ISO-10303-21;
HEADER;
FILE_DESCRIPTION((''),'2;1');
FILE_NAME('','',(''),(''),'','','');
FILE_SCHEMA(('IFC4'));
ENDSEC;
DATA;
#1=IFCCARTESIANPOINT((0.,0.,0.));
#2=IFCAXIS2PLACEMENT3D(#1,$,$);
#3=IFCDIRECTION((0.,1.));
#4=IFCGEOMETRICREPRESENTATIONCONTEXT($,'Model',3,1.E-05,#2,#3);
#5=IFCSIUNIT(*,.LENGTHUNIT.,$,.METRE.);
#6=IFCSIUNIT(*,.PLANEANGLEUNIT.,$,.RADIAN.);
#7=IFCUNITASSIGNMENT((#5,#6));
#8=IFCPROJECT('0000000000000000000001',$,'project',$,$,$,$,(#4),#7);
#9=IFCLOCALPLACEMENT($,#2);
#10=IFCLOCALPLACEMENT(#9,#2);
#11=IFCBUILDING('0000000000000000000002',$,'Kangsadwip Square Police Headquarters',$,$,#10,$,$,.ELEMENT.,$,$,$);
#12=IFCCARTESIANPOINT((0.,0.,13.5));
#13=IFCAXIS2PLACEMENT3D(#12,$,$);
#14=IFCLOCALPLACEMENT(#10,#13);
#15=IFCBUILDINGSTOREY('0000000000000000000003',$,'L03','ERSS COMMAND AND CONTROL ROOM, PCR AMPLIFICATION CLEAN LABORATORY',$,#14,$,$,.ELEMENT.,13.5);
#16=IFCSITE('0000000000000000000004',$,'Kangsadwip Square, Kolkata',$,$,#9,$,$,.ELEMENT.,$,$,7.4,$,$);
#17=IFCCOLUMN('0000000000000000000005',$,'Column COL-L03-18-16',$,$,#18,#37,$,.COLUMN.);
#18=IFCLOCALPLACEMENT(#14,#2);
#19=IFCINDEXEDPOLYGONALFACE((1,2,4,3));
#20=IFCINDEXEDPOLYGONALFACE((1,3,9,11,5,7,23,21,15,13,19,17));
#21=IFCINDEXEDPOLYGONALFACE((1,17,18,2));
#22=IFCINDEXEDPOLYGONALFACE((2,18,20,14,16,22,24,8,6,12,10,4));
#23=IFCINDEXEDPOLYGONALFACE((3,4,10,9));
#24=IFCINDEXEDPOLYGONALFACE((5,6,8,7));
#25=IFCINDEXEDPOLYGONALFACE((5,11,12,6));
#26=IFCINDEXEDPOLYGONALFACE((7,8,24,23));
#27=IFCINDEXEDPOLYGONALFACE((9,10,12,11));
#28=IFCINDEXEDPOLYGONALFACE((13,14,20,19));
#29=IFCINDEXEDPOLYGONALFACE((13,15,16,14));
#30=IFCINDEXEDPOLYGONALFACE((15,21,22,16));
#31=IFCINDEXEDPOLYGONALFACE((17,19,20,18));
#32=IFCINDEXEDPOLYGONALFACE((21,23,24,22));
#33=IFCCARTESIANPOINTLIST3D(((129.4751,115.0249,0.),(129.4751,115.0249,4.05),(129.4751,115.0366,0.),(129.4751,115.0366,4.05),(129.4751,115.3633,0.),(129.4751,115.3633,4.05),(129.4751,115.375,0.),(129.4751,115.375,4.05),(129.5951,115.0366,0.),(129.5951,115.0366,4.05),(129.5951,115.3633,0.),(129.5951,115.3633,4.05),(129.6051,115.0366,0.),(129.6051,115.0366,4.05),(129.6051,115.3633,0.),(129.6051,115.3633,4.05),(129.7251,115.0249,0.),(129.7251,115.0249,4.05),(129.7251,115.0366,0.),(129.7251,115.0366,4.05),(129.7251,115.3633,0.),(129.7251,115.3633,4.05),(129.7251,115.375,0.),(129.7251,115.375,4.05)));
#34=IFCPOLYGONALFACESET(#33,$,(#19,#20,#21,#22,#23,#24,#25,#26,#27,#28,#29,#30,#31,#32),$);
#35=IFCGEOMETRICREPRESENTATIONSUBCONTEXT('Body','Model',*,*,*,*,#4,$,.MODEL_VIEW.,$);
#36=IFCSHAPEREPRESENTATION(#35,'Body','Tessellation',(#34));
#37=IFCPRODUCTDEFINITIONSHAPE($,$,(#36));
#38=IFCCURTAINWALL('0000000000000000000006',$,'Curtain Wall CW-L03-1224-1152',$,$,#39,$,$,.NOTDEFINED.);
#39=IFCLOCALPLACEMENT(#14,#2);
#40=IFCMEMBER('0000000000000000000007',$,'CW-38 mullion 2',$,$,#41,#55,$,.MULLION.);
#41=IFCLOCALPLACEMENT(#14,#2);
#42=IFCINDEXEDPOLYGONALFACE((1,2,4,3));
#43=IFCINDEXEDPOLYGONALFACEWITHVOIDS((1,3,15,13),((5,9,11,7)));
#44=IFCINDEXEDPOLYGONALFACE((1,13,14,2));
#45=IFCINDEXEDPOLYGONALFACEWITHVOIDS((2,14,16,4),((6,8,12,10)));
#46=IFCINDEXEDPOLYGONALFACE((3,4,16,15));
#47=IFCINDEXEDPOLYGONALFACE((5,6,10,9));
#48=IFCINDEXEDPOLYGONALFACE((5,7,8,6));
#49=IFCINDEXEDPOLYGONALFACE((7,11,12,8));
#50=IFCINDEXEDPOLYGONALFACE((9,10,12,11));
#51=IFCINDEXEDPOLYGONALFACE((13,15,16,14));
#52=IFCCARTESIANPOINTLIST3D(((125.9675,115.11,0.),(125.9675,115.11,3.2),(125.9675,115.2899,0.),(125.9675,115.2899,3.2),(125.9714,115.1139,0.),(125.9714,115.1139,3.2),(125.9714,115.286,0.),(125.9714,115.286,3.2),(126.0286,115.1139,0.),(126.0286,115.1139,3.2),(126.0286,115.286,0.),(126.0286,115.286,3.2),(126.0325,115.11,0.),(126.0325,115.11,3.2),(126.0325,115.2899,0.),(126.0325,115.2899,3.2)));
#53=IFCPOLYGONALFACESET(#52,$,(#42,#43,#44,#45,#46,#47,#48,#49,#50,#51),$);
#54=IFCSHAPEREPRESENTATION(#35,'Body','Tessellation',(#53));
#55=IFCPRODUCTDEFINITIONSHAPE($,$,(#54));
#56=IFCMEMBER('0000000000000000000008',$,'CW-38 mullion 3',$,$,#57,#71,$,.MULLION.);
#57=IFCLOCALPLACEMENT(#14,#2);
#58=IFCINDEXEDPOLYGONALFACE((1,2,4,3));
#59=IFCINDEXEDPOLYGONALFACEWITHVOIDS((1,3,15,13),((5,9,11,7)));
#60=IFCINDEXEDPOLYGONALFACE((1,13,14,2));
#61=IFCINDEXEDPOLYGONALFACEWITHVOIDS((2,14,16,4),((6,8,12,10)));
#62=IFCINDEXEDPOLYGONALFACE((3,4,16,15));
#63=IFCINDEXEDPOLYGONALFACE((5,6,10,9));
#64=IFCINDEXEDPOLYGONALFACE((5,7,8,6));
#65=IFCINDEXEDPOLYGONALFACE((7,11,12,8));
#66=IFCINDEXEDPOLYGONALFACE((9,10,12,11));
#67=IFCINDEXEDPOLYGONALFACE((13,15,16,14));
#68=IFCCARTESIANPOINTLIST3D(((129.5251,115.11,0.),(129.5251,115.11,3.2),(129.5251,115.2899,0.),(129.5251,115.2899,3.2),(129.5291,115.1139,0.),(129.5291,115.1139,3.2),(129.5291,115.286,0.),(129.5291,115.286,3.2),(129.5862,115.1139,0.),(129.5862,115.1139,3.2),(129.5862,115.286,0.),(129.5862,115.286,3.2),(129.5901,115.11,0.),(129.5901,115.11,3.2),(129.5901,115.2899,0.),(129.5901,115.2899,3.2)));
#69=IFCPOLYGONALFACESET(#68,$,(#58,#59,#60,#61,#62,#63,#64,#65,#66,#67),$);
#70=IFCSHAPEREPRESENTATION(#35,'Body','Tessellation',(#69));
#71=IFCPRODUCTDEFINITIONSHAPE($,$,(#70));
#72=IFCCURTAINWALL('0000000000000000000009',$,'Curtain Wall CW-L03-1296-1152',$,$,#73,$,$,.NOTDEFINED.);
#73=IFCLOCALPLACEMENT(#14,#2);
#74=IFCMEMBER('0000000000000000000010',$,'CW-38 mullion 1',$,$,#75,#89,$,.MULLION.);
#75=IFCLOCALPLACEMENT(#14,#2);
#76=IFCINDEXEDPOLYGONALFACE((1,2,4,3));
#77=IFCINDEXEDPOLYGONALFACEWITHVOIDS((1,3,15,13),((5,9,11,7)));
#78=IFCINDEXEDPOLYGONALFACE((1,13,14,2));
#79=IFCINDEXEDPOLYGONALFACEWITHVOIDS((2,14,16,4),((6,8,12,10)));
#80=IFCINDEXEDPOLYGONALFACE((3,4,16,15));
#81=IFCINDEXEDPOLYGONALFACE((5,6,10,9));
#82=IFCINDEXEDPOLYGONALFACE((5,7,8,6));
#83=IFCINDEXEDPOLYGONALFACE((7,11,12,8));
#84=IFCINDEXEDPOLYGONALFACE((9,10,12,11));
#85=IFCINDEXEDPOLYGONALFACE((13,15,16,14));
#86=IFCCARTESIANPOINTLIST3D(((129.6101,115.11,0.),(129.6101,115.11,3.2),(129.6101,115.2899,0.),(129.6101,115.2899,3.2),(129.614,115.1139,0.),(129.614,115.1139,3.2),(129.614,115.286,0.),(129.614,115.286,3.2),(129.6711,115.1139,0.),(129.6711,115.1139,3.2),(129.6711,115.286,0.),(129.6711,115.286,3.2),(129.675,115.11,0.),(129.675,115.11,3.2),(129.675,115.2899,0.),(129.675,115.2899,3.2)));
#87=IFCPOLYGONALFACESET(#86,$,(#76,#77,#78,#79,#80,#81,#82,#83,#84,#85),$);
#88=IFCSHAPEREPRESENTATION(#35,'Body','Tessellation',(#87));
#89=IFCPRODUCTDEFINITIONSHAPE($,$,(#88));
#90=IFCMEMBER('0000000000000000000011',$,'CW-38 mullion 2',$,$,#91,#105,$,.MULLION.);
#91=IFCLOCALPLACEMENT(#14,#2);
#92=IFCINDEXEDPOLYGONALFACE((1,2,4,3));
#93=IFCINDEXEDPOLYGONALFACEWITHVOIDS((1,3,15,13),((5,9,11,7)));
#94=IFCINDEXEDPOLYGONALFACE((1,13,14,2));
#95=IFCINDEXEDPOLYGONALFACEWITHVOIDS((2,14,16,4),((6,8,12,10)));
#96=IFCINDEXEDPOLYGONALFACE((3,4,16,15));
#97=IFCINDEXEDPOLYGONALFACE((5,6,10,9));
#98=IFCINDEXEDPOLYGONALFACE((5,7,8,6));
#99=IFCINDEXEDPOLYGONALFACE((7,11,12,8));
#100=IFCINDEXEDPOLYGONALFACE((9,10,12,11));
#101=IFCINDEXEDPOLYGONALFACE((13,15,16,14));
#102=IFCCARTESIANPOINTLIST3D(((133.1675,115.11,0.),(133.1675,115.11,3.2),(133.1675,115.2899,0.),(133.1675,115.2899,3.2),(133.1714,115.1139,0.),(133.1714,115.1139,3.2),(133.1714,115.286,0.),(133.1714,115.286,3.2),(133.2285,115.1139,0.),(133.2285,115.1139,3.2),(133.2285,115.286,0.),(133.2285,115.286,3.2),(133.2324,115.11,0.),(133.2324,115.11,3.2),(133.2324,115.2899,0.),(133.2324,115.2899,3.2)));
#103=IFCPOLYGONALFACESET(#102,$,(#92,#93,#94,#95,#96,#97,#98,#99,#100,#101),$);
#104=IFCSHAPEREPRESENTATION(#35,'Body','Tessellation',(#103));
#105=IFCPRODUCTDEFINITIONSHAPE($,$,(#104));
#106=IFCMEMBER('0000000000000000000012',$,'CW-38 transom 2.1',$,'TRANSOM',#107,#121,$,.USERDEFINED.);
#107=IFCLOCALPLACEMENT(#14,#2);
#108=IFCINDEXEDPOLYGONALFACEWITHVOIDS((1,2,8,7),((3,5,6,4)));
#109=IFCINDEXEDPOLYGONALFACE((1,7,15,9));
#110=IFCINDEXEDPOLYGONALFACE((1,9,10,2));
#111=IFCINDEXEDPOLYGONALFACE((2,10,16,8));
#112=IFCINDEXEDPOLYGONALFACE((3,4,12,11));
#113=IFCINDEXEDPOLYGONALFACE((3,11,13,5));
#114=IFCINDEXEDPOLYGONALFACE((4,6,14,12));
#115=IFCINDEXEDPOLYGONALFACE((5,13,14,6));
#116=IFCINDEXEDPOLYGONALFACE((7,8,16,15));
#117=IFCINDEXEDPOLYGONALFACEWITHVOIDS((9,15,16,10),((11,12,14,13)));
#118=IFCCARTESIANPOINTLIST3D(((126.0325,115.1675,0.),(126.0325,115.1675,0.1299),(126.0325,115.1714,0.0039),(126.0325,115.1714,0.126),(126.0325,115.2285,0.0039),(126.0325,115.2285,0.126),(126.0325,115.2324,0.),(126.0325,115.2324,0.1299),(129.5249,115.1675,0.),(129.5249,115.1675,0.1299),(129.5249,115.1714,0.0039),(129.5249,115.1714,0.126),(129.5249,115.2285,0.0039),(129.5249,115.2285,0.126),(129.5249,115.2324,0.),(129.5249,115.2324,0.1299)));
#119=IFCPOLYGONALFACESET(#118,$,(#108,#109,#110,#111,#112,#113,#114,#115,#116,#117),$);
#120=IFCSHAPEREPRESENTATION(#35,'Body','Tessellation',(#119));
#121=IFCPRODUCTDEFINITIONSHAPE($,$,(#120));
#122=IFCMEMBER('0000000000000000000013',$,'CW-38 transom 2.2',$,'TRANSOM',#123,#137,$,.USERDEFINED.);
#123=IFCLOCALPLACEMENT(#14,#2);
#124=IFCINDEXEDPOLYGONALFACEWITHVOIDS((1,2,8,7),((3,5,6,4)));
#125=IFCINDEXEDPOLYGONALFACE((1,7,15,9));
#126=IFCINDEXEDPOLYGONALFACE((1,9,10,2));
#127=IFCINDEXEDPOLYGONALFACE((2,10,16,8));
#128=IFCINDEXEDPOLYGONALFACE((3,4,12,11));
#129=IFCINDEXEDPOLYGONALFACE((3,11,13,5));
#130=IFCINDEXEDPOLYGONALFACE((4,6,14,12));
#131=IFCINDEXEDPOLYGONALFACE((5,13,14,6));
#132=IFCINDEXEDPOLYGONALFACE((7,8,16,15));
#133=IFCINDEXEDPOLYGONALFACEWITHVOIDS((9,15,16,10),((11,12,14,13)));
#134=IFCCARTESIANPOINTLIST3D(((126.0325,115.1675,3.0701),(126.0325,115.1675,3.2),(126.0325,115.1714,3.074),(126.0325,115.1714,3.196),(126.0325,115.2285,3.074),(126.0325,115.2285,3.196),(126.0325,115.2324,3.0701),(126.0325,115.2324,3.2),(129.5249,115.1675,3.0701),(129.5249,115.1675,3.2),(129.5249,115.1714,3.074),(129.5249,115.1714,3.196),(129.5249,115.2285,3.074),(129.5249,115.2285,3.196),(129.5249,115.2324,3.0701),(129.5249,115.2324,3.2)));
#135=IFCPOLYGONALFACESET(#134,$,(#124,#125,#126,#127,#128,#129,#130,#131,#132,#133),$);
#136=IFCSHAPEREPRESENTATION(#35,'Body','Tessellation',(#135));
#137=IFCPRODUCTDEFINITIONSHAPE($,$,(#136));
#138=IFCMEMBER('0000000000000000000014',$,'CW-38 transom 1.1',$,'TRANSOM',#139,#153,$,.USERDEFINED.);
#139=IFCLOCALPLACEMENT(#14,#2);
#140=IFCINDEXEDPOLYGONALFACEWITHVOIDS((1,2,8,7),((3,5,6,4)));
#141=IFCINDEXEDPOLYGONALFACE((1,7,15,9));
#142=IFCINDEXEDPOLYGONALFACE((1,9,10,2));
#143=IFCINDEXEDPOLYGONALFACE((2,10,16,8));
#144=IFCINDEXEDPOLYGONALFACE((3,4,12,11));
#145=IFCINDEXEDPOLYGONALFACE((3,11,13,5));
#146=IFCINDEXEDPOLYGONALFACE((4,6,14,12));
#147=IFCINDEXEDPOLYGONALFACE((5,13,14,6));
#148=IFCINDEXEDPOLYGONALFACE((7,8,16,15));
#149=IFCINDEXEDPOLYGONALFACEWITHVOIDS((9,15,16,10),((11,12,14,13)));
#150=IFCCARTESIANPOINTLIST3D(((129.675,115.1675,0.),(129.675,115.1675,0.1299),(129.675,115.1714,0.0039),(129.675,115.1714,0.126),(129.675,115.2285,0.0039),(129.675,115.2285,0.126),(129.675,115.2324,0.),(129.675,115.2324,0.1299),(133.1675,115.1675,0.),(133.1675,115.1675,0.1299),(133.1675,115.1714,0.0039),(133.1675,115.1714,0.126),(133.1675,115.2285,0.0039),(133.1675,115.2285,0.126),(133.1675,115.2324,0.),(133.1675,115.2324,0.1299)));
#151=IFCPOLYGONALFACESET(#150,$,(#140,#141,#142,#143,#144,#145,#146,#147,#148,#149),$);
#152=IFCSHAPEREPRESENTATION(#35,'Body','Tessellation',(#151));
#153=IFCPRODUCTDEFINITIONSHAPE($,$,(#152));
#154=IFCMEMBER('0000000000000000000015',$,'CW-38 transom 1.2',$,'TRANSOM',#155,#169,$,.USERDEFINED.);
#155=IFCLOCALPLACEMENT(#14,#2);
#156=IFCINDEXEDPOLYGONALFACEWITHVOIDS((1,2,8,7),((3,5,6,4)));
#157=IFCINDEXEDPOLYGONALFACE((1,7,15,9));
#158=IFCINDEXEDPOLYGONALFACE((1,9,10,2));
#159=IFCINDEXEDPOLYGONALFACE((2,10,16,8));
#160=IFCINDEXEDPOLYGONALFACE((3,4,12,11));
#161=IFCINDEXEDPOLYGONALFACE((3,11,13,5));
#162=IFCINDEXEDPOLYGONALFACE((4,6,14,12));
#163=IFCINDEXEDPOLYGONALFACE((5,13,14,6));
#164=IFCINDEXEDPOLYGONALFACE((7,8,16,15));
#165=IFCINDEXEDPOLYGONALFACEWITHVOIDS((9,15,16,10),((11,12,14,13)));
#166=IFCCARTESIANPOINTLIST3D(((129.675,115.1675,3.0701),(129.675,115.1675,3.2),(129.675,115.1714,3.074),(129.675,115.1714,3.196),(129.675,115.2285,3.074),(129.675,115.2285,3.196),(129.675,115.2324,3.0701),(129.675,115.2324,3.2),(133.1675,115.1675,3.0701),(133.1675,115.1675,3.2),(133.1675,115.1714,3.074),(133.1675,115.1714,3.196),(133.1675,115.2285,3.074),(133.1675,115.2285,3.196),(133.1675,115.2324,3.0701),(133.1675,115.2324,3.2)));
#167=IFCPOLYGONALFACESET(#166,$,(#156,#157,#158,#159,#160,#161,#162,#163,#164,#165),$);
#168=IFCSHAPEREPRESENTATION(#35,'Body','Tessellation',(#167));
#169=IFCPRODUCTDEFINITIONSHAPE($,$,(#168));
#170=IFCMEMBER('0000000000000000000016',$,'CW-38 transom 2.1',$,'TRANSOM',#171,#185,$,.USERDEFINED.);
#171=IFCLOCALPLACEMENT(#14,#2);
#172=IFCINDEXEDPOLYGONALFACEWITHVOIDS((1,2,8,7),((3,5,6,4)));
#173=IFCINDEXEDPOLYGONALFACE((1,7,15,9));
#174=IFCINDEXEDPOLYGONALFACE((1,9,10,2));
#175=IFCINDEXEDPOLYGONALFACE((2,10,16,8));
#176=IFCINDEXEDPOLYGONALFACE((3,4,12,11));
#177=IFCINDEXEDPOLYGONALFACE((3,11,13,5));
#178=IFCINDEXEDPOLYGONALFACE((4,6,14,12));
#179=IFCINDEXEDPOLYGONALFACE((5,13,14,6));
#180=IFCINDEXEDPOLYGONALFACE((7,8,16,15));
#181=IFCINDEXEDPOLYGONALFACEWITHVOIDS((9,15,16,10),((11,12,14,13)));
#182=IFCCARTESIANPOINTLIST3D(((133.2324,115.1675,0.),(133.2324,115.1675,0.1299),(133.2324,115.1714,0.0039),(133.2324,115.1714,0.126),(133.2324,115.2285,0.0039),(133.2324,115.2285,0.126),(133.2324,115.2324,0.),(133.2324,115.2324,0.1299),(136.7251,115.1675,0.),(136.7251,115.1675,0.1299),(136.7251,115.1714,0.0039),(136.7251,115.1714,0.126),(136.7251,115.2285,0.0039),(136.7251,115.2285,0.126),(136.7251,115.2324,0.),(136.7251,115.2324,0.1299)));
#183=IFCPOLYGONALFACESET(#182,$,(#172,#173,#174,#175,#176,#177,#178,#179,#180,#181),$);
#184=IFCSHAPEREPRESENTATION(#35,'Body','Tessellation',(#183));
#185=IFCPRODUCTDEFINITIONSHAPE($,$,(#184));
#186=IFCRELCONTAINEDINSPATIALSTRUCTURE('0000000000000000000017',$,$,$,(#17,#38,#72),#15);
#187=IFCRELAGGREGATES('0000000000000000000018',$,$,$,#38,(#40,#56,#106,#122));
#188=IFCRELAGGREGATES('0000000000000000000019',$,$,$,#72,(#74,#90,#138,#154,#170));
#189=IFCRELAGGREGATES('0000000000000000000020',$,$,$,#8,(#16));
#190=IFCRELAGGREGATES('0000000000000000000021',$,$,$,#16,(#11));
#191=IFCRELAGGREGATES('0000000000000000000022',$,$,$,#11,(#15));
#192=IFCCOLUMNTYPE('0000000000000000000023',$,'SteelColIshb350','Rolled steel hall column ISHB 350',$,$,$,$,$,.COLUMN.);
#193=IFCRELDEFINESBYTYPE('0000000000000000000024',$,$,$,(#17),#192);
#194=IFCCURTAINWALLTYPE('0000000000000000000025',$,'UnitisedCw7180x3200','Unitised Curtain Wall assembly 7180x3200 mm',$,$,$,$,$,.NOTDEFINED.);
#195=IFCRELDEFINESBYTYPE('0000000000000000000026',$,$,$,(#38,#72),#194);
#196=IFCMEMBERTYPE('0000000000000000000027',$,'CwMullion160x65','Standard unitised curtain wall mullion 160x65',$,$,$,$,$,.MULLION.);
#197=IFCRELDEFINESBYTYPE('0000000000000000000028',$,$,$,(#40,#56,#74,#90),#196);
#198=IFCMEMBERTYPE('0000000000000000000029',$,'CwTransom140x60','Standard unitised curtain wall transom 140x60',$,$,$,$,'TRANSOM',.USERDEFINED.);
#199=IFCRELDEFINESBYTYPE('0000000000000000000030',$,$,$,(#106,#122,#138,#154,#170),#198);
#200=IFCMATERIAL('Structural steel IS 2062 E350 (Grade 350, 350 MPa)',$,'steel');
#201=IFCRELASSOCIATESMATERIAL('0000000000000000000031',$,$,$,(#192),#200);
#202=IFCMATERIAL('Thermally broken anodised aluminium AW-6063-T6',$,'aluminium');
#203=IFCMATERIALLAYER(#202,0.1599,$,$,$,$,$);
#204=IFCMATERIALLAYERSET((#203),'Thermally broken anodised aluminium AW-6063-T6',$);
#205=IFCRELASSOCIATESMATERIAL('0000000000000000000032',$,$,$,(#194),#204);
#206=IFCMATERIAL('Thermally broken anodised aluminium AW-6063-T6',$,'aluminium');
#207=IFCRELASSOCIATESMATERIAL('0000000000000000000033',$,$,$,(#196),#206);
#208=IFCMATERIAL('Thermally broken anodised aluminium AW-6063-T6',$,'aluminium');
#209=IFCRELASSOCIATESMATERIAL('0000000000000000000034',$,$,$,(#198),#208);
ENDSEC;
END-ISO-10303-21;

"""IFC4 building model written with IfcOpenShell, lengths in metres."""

from ifc_helpers import new_model, si_unit, direction, frame, origin, origin_2d, place, context, subcontext, project, spatial, hollow_rectangle, i_section, extrude, material, layer, layer_set, material_profile, profile_set, type_object, element, aggregate, save


model = new_model("IFC4")

# Units and contexts
model_context = context("Model", 3, precision=1e-05, world=origin(), true_north=direction((0.0, 1.0)))
body_context = subcontext(model_context, "Body", "Model", "MODEL_VIEW")
ifc_project = project(units=[si_unit("LENGTHUNIT", "METRE"), si_unit("PLANEANGLEUNIT", "RADIAN")], contexts=[model_context])

# Site, building, storey
site_placement = place(None, origin())
site = spatial("IfcSite", under=ifc_project, at=site_placement, Name="Kangsadwip Square, Kolkata", CompositionType="ELEMENT", RefElevation=7.4)
building_placement = place(site_placement, origin())
building = spatial("IfcBuilding", under=site, at=building_placement, Name="Kangsadwip Square Police Headquarters", CompositionType="ELEMENT")
storey_placement = place(building_placement, frame((0.0, 0.0, 13.5)))
storey = spatial("IfcBuildingStorey", under=building, at=storey_placement, Name="L03", Description="ERSS COMMAND AND CONTROL ROOM, PCR AMPLIFICATION CLEAN LABORATORY", CompositionType="ELEMENT", Elevation=13.5)

# Column
ifc_material_1 = material(Name="Structural steel IS 2062 E350 (Grade 350, 350 MPa)", Category="steel")
ifc_material_profile_1 = material_profile(ifc_material_1, i_section(OverallWidth=0.25, OverallDepth=0.3501, WebThickness=0.01, FlangeThickness=0.0117, at=origin_2d()), Name="ISHB 350")
ifc_profile_set_1 = profile_set([ifc_material_profile_1], Name="Structural steel IS 2062 E350 (Grade 350, 350 MPa)")
column_type = type_object("IfcColumnType", Name="SteelColIshb350", Description="Rolled steel hall column ISHB 350", PredefinedType="COLUMN", material=ifc_profile_set_1)
column_placement = place(storey_placement, frame((129.6001, 115.2, 0.0), z_axis=(0.0, 0.0, 1.0), x_axis=(1.0, 0.0, 0.0)))
element("IfcColumn", 1, at=column_placement, inside=storey, type_object=column_type, Name="Column COL-L03-18-16", PredefinedType="COLUMN", context=body_context, shape_type="SweptSolid", body=[
    extrude(i_section(OverallWidth=0.25, OverallDepth=0.3501, WebThickness=0.01, FlangeThickness=0.0117, at=origin_2d()), origin(), (0.0, 0.0, 1.0), 4.05),
])

# Curtain walls, members
ifc_material_2 = material(Name="Thermally broken anodised aluminium AW-6063-T6", Category="aluminium")
ifc_layer_1 = layer(ifc_material_2, 0.1599)
ifc_layer_set_1 = layer_set([ifc_layer_1], Name="Thermally broken anodised aluminium AW-6063-T6")
curtain_wall_type = type_object("IfcCurtainWallType", Name="UnitisedCw7180x3200", Description="Unitised Curtain Wall assembly 7180x3200 mm", PredefinedType="NOTDEFINED", material=ifc_layer_set_1)
curtain_wall_1_placement = place(storey_placement, origin())
curtain_wall_1 = element("IfcCurtainWall", 2, at=curtain_wall_1_placement, inside=storey, type_object=curtain_wall_type, Name="Curtain Wall CW-L03-1224-1152", PredefinedType="NOTDEFINED")
ifc_material_3 = material(Name="Thermally broken anodised aluminium AW-6063-T6", Category="aluminium")
ifc_material_profile_2 = material_profile(ifc_material_3, hollow_rectangle(XDim=0.0649, YDim=0.1799, WallThickness=0.0039, at=origin_2d()), Name="CWM 180X65X4")
ifc_profile_set_2 = profile_set([ifc_material_profile_2], Name="Thermally broken anodised aluminium AW-6063-T6")
member_type_1 = type_object("IfcMemberType", Name="CwMullion160x65", Description="Standard unitised curtain wall mullion 160x65", PredefinedType="MULLION", material=ifc_profile_set_2)
member_1_placement = place(storey_placement, frame((126.0, 115.2, 0.0), z_axis=(0.0, 0.0, 1.0), x_axis=(1.0, 0.0, 0.0)))
member_1 = element("IfcMember", 3, at=member_1_placement, type_object=member_type_1, Name="CW-38 mullion 2", PredefinedType="MULLION", context=body_context, shape_type="SweptSolid", body=[
    extrude(hollow_rectangle(XDim=0.0649, YDim=0.1799, WallThickness=0.0039, at=origin_2d()), origin(), (0.0, 0.0, 1.0), 3.2),
])
member_2_placement = place(storey_placement, frame((129.5576, 115.2, 0.0), z_axis=(0.0, 0.0, 1.0), x_axis=(1.0, 0.0, 0.0)))
member_2 = element("IfcMember", 4, at=member_2_placement, type_object=member_type_1, Name="CW-38 mullion 3", PredefinedType="MULLION", context=body_context, shape_type="SweptSolid", body=[
    extrude(hollow_rectangle(XDim=0.0649, YDim=0.1799, WallThickness=0.0039, at=origin_2d()), origin(), (0.0, 0.0, 1.0), 3.2),
])
curtain_wall_2_placement = place(storey_placement, origin())
curtain_wall_2 = element("IfcCurtainWall", 5, at=curtain_wall_2_placement, inside=storey, type_object=curtain_wall_type, Name="Curtain Wall CW-L03-1296-1152", PredefinedType="NOTDEFINED")
member_3_placement = place(storey_placement, frame((129.6426, 115.2, 0.0), z_axis=(0.0, 0.0, 1.0), x_axis=(1.0, 0.0, 0.0)))
member_3 = element("IfcMember", 6, at=member_3_placement, type_object=member_type_1, Name="CW-38 mullion 1", PredefinedType="MULLION", context=body_context, shape_type="SweptSolid", body=[
    extrude(hollow_rectangle(XDim=0.0649, YDim=0.1799, WallThickness=0.0039, at=origin_2d()), origin(), (0.0, 0.0, 1.0), 3.2),
])
member_4_placement = place(storey_placement, frame((133.2, 115.2, 0.0), z_axis=(0.0, 0.0, 1.0), x_axis=(1.0, 0.0, 0.0)))
member_4 = element("IfcMember", 7, at=member_4_placement, type_object=member_type_1, Name="CW-38 mullion 2", PredefinedType="MULLION", context=body_context, shape_type="SweptSolid", body=[
    extrude(hollow_rectangle(XDim=0.0649, YDim=0.1799, WallThickness=0.0039, at=origin_2d()), origin(), (0.0, 0.0, 1.0), 3.2),
])

# Members
ifc_material_4 = material(Name="Thermally broken anodised aluminium AW-6063-T6", Category="aluminium")
ifc_material_profile_3 = material_profile(ifc_material_4, hollow_rectangle(XDim=0.0649, YDim=0.1299, WallThickness=0.0039, at=origin_2d()), Name="CWT 130X65X4")
ifc_profile_set_3 = profile_set([ifc_material_profile_3], Name="Thermally broken anodised aluminium AW-6063-T6")
member_type_2 = type_object("IfcMemberType", Name="CwTransom140x60", Description="Standard unitised curtain wall transom 140x60", ElementType="TRANSOM", PredefinedType="USERDEFINED", material=ifc_profile_set_3)
member_5_placement = place(storey_placement, frame((126.0325, 115.2, 0.0649), z_axis=(1.0, 0.0, 0.0), x_axis=(0.0, 1.0, 0.0)))
member_5 = element("IfcMember", 8, at=member_5_placement, type_object=member_type_2, Name="CW-38 transom 2.1", ObjectType="TRANSOM", PredefinedType="USERDEFINED", context=body_context, shape_type="SweptSolid", body=[
    extrude(hollow_rectangle(XDim=0.0649, YDim=0.1299, WallThickness=0.0039, at=origin_2d()), origin(), (0.0, 0.0, 1.0), 3.4924),
])
member_6_placement = place(storey_placement, frame((126.0325, 115.2, 3.135), z_axis=(1.0, 0.0, 0.0), x_axis=(0.0, 1.0, 0.0)))
member_6 = element("IfcMember", 9, at=member_6_placement, type_object=member_type_2, Name="CW-38 transom 2.2", ObjectType="TRANSOM", PredefinedType="USERDEFINED", context=body_context, shape_type="SweptSolid", body=[
    extrude(hollow_rectangle(XDim=0.0649, YDim=0.1299, WallThickness=0.0039, at=origin_2d()), origin(), (0.0, 0.0, 1.0), 3.4924),
])
member_7_placement = place(storey_placement, frame((129.675, 115.2, 0.0649), z_axis=(1.0, 0.0, 0.0), x_axis=(0.0, 1.0, 0.0)))
member_7 = element("IfcMember", 10, at=member_7_placement, type_object=member_type_2, Name="CW-38 transom 1.1", ObjectType="TRANSOM", PredefinedType="USERDEFINED", context=body_context, shape_type="SweptSolid", body=[
    extrude(hollow_rectangle(XDim=0.0649, YDim=0.1299, WallThickness=0.0039, at=origin_2d()), origin(), (0.0, 0.0, 1.0), 3.4924),
])
member_8_placement = place(storey_placement, frame((129.675, 115.2, 3.135), z_axis=(1.0, 0.0, 0.0), x_axis=(0.0, 1.0, 0.0)))
member_8 = element("IfcMember", 11, at=member_8_placement, type_object=member_type_2, Name="CW-38 transom 1.2", ObjectType="TRANSOM", PredefinedType="USERDEFINED", context=body_context, shape_type="SweptSolid", body=[
    extrude(hollow_rectangle(XDim=0.0649, YDim=0.1299, WallThickness=0.0039, at=origin_2d()), origin(), (0.0, 0.0, 1.0), 3.4924),
])
member_9_placement = place(storey_placement, frame((133.2324, 115.2, 0.0649), z_axis=(1.0, 0.0, 0.0), x_axis=(0.0, 1.0, 0.0)))
member_9 = element("IfcMember", 12, at=member_9_placement, type_object=member_type_2, Name="CW-38 transom 2.1", ObjectType="TRANSOM", PredefinedType="USERDEFINED", context=body_context, shape_type="SweptSolid", body=[
    extrude(hollow_rectangle(XDim=0.0649, YDim=0.1299, WallThickness=0.0039, at=origin_2d()), origin(), (0.0, 0.0, 1.0), 3.4927),
])

aggregate(curtain_wall_1, [member_1, member_2, member_5, member_6])
aggregate(curtain_wall_2, [member_3, member_4, member_7, member_8, member_9])

save(model, "model.ifc")
